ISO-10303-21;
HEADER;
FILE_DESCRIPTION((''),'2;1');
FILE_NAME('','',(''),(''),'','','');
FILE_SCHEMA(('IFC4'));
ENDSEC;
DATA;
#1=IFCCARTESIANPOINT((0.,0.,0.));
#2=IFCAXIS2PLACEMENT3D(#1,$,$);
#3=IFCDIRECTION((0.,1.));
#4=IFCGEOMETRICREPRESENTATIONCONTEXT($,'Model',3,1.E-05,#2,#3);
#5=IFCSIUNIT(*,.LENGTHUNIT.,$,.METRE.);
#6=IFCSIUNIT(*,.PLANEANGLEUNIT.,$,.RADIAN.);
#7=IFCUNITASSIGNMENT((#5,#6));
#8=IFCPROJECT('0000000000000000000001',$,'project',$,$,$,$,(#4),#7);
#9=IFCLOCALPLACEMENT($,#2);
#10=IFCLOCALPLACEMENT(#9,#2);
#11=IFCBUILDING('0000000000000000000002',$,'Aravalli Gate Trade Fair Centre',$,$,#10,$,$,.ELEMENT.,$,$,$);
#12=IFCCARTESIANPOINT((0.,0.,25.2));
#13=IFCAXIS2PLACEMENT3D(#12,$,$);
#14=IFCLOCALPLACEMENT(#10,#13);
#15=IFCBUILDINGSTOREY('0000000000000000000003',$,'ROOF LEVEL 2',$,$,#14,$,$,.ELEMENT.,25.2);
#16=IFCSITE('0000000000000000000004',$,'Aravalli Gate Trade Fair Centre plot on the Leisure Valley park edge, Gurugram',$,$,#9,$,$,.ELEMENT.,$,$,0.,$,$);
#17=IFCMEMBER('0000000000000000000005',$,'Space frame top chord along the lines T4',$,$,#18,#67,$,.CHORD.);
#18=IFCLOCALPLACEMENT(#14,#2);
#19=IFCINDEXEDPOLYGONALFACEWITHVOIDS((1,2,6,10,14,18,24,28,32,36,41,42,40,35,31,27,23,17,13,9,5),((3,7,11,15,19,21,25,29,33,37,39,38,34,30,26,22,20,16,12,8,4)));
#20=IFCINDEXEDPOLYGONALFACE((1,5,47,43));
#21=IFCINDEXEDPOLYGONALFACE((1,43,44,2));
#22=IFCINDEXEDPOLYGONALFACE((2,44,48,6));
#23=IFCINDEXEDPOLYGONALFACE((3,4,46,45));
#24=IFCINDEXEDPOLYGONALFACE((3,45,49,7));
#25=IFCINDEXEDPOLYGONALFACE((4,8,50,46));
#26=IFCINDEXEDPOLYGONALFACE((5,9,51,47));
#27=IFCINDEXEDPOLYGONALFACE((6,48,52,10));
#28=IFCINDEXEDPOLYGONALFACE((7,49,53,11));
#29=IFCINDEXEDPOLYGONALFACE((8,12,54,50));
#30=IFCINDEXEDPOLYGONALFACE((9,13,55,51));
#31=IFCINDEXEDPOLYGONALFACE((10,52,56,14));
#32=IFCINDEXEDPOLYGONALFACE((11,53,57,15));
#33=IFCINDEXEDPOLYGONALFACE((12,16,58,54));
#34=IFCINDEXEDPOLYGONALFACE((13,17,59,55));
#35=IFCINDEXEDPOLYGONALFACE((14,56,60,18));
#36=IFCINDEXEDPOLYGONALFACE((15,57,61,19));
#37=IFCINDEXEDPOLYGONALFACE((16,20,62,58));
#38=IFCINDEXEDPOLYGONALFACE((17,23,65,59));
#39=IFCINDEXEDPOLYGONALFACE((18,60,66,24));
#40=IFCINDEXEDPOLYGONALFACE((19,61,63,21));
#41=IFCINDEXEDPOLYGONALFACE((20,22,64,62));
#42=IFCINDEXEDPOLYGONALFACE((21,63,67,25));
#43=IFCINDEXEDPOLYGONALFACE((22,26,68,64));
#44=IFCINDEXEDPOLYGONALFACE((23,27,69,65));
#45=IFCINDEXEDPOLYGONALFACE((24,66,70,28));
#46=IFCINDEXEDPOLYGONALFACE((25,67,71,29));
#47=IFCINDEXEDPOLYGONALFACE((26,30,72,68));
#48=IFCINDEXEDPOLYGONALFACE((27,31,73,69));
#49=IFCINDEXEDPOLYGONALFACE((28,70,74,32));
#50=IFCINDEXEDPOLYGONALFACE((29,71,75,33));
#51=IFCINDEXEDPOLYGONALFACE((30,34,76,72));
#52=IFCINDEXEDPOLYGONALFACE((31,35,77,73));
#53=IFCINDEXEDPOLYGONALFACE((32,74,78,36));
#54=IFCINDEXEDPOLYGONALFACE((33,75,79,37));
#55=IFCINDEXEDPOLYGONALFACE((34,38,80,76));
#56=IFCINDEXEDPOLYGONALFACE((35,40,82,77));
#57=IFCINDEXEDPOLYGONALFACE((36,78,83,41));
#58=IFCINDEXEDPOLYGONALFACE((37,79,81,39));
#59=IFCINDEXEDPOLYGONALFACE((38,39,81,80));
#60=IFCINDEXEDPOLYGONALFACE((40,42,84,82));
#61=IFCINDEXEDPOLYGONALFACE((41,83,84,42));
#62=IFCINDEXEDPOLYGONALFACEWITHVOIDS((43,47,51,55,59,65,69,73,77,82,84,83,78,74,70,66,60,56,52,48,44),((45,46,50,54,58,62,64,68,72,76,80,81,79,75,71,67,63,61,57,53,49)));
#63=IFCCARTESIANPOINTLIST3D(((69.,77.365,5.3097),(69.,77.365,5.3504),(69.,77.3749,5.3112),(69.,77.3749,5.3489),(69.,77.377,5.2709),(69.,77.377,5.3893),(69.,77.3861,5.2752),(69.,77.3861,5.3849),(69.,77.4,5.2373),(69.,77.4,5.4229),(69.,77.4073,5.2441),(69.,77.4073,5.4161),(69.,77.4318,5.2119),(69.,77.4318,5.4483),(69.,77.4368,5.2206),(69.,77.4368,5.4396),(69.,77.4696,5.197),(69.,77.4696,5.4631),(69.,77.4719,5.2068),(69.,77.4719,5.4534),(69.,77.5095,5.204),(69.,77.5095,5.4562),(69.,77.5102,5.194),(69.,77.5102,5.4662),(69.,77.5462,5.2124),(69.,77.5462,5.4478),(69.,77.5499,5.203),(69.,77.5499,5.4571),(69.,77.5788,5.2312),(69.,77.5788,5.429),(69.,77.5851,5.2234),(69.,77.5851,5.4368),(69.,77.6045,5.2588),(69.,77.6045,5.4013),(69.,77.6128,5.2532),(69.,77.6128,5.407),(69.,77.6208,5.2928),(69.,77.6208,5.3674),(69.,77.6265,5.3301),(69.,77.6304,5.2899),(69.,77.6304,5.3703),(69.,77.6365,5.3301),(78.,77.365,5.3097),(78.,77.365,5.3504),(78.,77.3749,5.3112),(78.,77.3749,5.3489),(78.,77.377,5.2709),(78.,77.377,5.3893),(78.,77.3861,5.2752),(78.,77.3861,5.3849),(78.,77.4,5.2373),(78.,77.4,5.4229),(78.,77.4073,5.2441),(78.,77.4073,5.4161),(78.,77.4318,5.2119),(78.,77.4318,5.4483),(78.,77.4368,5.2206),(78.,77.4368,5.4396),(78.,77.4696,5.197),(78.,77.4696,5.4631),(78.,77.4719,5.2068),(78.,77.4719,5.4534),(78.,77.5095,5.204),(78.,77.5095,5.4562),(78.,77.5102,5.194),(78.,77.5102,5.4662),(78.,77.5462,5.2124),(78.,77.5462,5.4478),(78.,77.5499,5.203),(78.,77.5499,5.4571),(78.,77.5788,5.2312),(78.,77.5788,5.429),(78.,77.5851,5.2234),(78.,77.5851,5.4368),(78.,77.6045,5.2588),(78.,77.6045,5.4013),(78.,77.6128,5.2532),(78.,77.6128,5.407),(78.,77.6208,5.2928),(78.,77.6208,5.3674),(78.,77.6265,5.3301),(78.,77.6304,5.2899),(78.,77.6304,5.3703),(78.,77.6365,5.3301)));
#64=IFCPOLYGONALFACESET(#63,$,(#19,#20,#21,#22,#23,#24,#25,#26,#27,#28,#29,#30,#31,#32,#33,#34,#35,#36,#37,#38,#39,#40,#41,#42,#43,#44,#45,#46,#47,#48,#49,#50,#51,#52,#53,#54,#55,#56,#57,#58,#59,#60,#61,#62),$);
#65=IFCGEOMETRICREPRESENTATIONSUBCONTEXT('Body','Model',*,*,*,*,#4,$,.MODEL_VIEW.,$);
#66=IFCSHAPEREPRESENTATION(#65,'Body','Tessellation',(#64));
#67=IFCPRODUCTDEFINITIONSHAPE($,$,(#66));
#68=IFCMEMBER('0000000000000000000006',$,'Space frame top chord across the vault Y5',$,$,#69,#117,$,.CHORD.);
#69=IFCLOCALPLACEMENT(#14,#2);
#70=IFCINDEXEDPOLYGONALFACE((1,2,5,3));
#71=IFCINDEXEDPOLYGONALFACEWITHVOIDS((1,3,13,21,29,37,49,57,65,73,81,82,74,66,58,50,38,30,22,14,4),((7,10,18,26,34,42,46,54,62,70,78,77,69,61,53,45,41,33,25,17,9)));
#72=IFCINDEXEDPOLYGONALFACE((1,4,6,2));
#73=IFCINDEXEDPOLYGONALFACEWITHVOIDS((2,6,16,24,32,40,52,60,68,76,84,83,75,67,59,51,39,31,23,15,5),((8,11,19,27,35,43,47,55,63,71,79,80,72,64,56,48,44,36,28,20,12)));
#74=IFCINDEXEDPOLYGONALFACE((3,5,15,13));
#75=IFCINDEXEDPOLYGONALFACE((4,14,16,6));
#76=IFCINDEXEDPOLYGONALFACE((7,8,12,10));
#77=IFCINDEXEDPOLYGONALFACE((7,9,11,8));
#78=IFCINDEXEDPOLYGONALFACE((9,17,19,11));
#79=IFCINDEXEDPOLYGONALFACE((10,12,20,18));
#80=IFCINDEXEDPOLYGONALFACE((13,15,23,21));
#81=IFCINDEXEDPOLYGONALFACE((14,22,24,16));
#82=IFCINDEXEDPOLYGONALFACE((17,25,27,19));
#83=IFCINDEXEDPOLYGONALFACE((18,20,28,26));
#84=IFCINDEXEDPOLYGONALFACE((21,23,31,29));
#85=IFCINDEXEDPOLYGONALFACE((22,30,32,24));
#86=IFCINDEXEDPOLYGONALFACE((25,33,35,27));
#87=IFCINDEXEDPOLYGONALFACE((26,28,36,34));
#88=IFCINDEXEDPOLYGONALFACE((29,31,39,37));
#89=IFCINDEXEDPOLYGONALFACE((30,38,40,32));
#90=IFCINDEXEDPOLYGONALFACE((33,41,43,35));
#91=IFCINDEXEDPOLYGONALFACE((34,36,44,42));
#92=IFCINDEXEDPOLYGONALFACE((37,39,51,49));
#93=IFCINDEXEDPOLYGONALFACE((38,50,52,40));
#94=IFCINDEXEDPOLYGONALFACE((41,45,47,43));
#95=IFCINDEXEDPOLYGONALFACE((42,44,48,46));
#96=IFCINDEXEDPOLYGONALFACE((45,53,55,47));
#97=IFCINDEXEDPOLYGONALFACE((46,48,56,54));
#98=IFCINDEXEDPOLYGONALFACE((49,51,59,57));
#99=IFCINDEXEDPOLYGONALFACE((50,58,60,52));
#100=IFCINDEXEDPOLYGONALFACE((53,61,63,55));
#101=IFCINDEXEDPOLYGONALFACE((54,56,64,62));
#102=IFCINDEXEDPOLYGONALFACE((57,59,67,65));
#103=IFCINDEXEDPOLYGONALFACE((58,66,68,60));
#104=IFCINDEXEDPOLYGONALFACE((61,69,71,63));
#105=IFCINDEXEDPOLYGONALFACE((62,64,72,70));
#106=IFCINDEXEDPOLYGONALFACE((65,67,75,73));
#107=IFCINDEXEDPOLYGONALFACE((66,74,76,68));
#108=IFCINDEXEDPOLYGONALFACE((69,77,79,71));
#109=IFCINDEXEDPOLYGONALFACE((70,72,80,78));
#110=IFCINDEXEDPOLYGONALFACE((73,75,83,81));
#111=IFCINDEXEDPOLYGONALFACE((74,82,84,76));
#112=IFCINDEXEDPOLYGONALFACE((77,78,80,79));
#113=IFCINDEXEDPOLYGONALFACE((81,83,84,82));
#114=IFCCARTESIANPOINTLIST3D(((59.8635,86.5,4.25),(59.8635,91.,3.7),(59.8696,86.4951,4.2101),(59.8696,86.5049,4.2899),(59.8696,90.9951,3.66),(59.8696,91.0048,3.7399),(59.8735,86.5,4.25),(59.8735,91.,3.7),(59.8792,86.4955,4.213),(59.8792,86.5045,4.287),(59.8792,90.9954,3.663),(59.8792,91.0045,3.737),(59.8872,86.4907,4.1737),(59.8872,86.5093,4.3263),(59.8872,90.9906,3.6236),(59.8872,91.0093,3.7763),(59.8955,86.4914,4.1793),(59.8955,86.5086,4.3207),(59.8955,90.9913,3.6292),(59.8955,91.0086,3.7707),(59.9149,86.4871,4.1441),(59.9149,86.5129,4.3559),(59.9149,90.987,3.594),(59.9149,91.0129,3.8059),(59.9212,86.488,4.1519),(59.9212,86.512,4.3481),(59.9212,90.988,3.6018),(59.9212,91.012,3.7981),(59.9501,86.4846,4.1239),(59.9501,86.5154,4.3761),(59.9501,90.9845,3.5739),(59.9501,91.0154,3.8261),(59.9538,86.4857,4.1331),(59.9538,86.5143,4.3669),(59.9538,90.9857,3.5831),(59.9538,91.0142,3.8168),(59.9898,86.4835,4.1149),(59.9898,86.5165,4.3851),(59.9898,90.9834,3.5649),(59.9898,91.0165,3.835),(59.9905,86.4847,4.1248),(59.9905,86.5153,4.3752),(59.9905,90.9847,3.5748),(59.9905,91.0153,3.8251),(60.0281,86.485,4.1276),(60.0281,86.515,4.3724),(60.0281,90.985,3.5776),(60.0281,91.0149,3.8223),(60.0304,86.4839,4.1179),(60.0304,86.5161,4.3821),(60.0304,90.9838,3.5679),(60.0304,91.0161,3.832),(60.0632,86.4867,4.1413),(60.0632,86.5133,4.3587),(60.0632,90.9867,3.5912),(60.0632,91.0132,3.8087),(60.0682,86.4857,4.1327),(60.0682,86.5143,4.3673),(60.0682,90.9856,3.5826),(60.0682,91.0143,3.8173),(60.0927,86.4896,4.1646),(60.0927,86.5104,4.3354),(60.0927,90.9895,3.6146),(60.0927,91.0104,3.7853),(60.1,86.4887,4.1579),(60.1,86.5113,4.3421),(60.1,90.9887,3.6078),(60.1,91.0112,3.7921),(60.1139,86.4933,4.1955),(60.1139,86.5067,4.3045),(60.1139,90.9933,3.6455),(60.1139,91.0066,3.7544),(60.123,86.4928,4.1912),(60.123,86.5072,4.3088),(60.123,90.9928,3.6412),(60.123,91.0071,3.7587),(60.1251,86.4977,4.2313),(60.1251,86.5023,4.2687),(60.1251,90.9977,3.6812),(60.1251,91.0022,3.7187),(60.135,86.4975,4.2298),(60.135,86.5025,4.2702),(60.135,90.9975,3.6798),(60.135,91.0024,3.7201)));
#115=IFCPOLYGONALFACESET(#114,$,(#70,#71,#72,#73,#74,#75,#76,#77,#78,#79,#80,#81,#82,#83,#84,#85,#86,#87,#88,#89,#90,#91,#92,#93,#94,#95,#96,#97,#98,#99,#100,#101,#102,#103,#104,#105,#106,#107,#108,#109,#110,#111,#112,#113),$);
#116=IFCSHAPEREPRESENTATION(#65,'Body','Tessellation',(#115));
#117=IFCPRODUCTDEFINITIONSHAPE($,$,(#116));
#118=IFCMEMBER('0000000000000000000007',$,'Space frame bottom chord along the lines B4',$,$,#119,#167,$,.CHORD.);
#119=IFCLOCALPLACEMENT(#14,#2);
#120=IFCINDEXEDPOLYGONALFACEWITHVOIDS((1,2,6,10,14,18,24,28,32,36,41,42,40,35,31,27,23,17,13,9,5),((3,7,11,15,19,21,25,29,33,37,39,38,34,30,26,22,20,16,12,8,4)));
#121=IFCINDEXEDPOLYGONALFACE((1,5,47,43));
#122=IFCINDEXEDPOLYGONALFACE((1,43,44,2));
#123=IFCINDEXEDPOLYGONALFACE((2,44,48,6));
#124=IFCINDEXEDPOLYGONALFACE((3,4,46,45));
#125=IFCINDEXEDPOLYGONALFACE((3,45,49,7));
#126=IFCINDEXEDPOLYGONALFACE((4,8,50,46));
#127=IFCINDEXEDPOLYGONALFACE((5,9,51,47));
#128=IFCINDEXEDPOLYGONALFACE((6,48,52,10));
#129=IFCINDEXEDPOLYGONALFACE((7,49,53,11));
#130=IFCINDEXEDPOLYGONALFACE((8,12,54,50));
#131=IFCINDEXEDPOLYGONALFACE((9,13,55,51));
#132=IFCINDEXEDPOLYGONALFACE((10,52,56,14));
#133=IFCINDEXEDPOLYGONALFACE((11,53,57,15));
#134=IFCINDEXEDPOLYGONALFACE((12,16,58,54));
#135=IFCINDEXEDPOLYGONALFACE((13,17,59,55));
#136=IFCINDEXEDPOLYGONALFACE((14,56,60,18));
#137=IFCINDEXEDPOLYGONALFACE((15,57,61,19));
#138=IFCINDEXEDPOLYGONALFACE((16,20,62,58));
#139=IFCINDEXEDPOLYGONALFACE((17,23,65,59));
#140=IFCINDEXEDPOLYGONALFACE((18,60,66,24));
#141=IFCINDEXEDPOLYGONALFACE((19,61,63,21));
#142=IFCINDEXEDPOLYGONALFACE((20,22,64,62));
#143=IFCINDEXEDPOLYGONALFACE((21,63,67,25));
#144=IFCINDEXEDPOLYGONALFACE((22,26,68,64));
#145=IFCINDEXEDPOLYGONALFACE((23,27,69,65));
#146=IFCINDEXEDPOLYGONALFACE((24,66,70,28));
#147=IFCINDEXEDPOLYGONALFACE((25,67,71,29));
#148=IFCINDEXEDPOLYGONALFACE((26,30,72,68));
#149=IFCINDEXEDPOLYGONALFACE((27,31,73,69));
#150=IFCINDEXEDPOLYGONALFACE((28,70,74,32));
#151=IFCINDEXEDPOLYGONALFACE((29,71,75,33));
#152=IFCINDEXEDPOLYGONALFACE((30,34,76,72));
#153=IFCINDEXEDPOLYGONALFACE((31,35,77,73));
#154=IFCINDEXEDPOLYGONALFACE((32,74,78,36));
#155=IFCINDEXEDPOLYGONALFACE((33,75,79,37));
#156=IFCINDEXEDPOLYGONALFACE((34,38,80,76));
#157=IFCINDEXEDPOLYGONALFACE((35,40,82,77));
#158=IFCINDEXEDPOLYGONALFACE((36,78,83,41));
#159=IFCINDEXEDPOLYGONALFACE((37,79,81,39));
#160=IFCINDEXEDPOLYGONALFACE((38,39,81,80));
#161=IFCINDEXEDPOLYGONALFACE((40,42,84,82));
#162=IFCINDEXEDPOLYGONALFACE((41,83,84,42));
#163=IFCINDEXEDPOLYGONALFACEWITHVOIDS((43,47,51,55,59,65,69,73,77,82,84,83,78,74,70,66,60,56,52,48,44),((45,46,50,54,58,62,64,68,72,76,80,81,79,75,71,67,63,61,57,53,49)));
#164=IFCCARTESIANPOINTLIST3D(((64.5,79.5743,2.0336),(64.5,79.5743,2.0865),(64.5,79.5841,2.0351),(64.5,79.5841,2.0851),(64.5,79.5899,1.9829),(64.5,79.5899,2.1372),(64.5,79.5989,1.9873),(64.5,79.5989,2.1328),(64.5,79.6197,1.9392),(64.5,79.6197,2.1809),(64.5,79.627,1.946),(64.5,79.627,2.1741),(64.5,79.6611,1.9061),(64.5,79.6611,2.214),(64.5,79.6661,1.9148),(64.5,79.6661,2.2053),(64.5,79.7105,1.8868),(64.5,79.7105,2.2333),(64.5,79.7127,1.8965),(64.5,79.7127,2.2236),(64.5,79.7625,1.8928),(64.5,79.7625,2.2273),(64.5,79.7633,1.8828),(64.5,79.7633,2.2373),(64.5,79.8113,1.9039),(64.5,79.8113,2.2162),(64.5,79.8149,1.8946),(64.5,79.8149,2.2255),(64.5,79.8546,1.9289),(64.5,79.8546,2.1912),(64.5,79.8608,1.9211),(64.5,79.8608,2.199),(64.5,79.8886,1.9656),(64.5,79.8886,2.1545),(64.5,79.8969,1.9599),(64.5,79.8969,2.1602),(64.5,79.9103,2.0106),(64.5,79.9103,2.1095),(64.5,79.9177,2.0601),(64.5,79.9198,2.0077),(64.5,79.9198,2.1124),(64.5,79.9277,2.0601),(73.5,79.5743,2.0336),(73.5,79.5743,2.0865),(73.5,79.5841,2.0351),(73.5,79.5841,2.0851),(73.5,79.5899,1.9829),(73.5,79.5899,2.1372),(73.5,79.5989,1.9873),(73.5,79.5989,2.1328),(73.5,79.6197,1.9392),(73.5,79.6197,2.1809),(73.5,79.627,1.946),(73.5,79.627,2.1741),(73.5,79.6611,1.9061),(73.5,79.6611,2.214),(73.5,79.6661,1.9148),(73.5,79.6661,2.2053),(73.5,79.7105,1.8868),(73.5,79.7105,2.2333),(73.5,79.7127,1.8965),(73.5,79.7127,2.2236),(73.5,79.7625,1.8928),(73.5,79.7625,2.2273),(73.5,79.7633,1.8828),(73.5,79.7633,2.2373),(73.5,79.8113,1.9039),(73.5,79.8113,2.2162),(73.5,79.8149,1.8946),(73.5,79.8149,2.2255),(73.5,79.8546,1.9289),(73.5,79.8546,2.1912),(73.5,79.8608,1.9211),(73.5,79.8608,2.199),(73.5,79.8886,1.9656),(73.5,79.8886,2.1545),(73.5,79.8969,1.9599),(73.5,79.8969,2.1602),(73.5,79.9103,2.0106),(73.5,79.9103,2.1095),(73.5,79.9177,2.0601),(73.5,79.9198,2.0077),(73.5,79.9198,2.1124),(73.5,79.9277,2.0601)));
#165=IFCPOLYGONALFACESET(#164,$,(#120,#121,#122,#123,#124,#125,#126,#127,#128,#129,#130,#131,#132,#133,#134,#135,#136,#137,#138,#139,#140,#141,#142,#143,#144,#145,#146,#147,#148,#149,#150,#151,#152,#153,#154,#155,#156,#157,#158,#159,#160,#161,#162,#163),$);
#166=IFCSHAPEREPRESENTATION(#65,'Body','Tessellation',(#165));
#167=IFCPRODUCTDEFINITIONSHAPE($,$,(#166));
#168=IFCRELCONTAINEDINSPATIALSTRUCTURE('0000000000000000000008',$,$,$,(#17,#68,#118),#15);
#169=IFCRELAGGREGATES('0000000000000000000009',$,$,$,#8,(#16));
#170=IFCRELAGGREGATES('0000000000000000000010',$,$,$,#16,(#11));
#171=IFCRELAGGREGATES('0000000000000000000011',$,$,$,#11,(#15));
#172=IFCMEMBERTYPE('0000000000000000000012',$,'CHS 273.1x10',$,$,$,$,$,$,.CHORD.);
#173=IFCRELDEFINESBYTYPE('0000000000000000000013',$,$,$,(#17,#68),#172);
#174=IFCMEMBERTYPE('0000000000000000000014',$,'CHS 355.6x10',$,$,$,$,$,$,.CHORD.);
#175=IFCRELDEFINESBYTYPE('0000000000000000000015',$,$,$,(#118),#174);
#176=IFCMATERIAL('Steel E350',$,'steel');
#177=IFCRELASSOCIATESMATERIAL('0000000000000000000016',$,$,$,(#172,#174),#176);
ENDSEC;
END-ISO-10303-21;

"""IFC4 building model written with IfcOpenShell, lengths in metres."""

from ifc_helpers import new_model, si_unit, direction, frame, origin, origin_2d, place, context, subcontext, project, spatial, hollow_circle, extrude, material, material_profile, profile_set, type_object, element, save


model = new_model("IFC4")

# Units and contexts
model_context = context("Model", 3, precision=1e-05, world=origin(), true_north=direction((0.0, 1.0)))
body_context = subcontext(model_context, "Body", "Model", "MODEL_VIEW")
ifc_project = project(units=[si_unit("LENGTHUNIT", "METRE"), si_unit("PLANEANGLEUNIT", "RADIAN")], contexts=[model_context])

# Site, building, storey
site_placement = place(None, origin())
site = spatial("IfcSite", under=ifc_project, at=site_placement, Name="Aravalli Gate Trade Fair Centre plot on the Leisure Valley park edge, Gurugram", CompositionType="ELEMENT", RefElevation=0.0)
building_placement = place(site_placement, origin())
building = spatial("IfcBuilding", under=site, at=building_placement, Name="Aravalli Gate Trade Fair Centre", CompositionType="ELEMENT")
storey_placement = place(building_placement, frame((0.0, 0.0, 25.2)))
storey = spatial("IfcBuildingStorey", under=building, at=storey_placement, Name="ROOF LEVEL 2", CompositionType="ELEMENT", Elevation=25.2)

# Members
ifc_material = material(Name="Steel E350", Category="steel")
ifc_material_profile_1 = material_profile(ifc_material, hollow_circle(Radius=0.1365, WallThickness=0.01, at=origin_2d()), Name="CHS 273.1x10")
ifc_profile_set_1 = profile_set([ifc_material_profile_1], Name="Steel E350")
member_type_1 = type_object("IfcMemberType", Name="CHS 273.1x10", PredefinedType="CHORD", material=ifc_profile_set_1)
member_1_placement = place(storey_placement, frame((69.0, 77.5, 5.3301), z_axis=(1.0, 0.0, 0.0), x_axis=(0.0, 1.0, 0.0)))
element("IfcMember", 1, at=member_1_placement, inside=storey, type_object=member_type_1, Name="Space frame top chord along the lines T4", PredefinedType="CHORD", context=body_context, shape_type="SweptSolid", body=[
    extrude(hollow_circle(Radius=0.1365, WallThickness=0.01, at=origin_2d()), origin(), (0.0, 0.0, 1.0), 9.0),
])
member_2_placement = place(storey_placement, frame((60.0, 86.5, 4.25), z_axis=(0.0, 0.992612, -0.12133), x_axis=(-1.0, 0.0, 0.0)))
element("IfcMember", 2, at=member_2_placement, inside=storey, type_object=member_type_1, Name="Space frame top chord across the vault Y5", PredefinedType="CHORD", context=body_context, shape_type="SweptSolid", body=[
    extrude(hollow_circle(Radius=0.1365, WallThickness=0.01, at=origin_2d()), origin(), (0.0, 0.0, 1.0), 4.5334),
])
ifc_material_profile_2 = material_profile(ifc_material, hollow_circle(Radius=0.1777, WallThickness=0.01, at=origin_2d()), Name="CHS 355.6x10")
ifc_profile_set_2 = profile_set([ifc_material_profile_2], Name="Steel E350")
member_type_2 = type_object("IfcMemberType", Name="CHS 355.6x10", PredefinedType="CHORD", material=ifc_profile_set_2)
for number, where, z_axis, x_axis, name in (
    (3, (64.5, 79.75, 2.0601), (1.0, 0.0, 0.0), (0.0, 1.0, 0.0), "Space frame bottom chord along the lines B4"),
):
    element("IfcMember", number, at=place(storey_placement, frame(where, z_axis=z_axis, x_axis=x_axis)), inside=storey, type_object=member_type_2, Name=name, PredefinedType="CHORD", context=body_context, shape_type="SweptSolid", body=[
        extrude(hollow_circle(Radius=0.1777, WallThickness=0.01, at=origin_2d()), origin(), (0.0, 0.0, 1.0), 9.0),
    ])

save(model, "model.ifc")
